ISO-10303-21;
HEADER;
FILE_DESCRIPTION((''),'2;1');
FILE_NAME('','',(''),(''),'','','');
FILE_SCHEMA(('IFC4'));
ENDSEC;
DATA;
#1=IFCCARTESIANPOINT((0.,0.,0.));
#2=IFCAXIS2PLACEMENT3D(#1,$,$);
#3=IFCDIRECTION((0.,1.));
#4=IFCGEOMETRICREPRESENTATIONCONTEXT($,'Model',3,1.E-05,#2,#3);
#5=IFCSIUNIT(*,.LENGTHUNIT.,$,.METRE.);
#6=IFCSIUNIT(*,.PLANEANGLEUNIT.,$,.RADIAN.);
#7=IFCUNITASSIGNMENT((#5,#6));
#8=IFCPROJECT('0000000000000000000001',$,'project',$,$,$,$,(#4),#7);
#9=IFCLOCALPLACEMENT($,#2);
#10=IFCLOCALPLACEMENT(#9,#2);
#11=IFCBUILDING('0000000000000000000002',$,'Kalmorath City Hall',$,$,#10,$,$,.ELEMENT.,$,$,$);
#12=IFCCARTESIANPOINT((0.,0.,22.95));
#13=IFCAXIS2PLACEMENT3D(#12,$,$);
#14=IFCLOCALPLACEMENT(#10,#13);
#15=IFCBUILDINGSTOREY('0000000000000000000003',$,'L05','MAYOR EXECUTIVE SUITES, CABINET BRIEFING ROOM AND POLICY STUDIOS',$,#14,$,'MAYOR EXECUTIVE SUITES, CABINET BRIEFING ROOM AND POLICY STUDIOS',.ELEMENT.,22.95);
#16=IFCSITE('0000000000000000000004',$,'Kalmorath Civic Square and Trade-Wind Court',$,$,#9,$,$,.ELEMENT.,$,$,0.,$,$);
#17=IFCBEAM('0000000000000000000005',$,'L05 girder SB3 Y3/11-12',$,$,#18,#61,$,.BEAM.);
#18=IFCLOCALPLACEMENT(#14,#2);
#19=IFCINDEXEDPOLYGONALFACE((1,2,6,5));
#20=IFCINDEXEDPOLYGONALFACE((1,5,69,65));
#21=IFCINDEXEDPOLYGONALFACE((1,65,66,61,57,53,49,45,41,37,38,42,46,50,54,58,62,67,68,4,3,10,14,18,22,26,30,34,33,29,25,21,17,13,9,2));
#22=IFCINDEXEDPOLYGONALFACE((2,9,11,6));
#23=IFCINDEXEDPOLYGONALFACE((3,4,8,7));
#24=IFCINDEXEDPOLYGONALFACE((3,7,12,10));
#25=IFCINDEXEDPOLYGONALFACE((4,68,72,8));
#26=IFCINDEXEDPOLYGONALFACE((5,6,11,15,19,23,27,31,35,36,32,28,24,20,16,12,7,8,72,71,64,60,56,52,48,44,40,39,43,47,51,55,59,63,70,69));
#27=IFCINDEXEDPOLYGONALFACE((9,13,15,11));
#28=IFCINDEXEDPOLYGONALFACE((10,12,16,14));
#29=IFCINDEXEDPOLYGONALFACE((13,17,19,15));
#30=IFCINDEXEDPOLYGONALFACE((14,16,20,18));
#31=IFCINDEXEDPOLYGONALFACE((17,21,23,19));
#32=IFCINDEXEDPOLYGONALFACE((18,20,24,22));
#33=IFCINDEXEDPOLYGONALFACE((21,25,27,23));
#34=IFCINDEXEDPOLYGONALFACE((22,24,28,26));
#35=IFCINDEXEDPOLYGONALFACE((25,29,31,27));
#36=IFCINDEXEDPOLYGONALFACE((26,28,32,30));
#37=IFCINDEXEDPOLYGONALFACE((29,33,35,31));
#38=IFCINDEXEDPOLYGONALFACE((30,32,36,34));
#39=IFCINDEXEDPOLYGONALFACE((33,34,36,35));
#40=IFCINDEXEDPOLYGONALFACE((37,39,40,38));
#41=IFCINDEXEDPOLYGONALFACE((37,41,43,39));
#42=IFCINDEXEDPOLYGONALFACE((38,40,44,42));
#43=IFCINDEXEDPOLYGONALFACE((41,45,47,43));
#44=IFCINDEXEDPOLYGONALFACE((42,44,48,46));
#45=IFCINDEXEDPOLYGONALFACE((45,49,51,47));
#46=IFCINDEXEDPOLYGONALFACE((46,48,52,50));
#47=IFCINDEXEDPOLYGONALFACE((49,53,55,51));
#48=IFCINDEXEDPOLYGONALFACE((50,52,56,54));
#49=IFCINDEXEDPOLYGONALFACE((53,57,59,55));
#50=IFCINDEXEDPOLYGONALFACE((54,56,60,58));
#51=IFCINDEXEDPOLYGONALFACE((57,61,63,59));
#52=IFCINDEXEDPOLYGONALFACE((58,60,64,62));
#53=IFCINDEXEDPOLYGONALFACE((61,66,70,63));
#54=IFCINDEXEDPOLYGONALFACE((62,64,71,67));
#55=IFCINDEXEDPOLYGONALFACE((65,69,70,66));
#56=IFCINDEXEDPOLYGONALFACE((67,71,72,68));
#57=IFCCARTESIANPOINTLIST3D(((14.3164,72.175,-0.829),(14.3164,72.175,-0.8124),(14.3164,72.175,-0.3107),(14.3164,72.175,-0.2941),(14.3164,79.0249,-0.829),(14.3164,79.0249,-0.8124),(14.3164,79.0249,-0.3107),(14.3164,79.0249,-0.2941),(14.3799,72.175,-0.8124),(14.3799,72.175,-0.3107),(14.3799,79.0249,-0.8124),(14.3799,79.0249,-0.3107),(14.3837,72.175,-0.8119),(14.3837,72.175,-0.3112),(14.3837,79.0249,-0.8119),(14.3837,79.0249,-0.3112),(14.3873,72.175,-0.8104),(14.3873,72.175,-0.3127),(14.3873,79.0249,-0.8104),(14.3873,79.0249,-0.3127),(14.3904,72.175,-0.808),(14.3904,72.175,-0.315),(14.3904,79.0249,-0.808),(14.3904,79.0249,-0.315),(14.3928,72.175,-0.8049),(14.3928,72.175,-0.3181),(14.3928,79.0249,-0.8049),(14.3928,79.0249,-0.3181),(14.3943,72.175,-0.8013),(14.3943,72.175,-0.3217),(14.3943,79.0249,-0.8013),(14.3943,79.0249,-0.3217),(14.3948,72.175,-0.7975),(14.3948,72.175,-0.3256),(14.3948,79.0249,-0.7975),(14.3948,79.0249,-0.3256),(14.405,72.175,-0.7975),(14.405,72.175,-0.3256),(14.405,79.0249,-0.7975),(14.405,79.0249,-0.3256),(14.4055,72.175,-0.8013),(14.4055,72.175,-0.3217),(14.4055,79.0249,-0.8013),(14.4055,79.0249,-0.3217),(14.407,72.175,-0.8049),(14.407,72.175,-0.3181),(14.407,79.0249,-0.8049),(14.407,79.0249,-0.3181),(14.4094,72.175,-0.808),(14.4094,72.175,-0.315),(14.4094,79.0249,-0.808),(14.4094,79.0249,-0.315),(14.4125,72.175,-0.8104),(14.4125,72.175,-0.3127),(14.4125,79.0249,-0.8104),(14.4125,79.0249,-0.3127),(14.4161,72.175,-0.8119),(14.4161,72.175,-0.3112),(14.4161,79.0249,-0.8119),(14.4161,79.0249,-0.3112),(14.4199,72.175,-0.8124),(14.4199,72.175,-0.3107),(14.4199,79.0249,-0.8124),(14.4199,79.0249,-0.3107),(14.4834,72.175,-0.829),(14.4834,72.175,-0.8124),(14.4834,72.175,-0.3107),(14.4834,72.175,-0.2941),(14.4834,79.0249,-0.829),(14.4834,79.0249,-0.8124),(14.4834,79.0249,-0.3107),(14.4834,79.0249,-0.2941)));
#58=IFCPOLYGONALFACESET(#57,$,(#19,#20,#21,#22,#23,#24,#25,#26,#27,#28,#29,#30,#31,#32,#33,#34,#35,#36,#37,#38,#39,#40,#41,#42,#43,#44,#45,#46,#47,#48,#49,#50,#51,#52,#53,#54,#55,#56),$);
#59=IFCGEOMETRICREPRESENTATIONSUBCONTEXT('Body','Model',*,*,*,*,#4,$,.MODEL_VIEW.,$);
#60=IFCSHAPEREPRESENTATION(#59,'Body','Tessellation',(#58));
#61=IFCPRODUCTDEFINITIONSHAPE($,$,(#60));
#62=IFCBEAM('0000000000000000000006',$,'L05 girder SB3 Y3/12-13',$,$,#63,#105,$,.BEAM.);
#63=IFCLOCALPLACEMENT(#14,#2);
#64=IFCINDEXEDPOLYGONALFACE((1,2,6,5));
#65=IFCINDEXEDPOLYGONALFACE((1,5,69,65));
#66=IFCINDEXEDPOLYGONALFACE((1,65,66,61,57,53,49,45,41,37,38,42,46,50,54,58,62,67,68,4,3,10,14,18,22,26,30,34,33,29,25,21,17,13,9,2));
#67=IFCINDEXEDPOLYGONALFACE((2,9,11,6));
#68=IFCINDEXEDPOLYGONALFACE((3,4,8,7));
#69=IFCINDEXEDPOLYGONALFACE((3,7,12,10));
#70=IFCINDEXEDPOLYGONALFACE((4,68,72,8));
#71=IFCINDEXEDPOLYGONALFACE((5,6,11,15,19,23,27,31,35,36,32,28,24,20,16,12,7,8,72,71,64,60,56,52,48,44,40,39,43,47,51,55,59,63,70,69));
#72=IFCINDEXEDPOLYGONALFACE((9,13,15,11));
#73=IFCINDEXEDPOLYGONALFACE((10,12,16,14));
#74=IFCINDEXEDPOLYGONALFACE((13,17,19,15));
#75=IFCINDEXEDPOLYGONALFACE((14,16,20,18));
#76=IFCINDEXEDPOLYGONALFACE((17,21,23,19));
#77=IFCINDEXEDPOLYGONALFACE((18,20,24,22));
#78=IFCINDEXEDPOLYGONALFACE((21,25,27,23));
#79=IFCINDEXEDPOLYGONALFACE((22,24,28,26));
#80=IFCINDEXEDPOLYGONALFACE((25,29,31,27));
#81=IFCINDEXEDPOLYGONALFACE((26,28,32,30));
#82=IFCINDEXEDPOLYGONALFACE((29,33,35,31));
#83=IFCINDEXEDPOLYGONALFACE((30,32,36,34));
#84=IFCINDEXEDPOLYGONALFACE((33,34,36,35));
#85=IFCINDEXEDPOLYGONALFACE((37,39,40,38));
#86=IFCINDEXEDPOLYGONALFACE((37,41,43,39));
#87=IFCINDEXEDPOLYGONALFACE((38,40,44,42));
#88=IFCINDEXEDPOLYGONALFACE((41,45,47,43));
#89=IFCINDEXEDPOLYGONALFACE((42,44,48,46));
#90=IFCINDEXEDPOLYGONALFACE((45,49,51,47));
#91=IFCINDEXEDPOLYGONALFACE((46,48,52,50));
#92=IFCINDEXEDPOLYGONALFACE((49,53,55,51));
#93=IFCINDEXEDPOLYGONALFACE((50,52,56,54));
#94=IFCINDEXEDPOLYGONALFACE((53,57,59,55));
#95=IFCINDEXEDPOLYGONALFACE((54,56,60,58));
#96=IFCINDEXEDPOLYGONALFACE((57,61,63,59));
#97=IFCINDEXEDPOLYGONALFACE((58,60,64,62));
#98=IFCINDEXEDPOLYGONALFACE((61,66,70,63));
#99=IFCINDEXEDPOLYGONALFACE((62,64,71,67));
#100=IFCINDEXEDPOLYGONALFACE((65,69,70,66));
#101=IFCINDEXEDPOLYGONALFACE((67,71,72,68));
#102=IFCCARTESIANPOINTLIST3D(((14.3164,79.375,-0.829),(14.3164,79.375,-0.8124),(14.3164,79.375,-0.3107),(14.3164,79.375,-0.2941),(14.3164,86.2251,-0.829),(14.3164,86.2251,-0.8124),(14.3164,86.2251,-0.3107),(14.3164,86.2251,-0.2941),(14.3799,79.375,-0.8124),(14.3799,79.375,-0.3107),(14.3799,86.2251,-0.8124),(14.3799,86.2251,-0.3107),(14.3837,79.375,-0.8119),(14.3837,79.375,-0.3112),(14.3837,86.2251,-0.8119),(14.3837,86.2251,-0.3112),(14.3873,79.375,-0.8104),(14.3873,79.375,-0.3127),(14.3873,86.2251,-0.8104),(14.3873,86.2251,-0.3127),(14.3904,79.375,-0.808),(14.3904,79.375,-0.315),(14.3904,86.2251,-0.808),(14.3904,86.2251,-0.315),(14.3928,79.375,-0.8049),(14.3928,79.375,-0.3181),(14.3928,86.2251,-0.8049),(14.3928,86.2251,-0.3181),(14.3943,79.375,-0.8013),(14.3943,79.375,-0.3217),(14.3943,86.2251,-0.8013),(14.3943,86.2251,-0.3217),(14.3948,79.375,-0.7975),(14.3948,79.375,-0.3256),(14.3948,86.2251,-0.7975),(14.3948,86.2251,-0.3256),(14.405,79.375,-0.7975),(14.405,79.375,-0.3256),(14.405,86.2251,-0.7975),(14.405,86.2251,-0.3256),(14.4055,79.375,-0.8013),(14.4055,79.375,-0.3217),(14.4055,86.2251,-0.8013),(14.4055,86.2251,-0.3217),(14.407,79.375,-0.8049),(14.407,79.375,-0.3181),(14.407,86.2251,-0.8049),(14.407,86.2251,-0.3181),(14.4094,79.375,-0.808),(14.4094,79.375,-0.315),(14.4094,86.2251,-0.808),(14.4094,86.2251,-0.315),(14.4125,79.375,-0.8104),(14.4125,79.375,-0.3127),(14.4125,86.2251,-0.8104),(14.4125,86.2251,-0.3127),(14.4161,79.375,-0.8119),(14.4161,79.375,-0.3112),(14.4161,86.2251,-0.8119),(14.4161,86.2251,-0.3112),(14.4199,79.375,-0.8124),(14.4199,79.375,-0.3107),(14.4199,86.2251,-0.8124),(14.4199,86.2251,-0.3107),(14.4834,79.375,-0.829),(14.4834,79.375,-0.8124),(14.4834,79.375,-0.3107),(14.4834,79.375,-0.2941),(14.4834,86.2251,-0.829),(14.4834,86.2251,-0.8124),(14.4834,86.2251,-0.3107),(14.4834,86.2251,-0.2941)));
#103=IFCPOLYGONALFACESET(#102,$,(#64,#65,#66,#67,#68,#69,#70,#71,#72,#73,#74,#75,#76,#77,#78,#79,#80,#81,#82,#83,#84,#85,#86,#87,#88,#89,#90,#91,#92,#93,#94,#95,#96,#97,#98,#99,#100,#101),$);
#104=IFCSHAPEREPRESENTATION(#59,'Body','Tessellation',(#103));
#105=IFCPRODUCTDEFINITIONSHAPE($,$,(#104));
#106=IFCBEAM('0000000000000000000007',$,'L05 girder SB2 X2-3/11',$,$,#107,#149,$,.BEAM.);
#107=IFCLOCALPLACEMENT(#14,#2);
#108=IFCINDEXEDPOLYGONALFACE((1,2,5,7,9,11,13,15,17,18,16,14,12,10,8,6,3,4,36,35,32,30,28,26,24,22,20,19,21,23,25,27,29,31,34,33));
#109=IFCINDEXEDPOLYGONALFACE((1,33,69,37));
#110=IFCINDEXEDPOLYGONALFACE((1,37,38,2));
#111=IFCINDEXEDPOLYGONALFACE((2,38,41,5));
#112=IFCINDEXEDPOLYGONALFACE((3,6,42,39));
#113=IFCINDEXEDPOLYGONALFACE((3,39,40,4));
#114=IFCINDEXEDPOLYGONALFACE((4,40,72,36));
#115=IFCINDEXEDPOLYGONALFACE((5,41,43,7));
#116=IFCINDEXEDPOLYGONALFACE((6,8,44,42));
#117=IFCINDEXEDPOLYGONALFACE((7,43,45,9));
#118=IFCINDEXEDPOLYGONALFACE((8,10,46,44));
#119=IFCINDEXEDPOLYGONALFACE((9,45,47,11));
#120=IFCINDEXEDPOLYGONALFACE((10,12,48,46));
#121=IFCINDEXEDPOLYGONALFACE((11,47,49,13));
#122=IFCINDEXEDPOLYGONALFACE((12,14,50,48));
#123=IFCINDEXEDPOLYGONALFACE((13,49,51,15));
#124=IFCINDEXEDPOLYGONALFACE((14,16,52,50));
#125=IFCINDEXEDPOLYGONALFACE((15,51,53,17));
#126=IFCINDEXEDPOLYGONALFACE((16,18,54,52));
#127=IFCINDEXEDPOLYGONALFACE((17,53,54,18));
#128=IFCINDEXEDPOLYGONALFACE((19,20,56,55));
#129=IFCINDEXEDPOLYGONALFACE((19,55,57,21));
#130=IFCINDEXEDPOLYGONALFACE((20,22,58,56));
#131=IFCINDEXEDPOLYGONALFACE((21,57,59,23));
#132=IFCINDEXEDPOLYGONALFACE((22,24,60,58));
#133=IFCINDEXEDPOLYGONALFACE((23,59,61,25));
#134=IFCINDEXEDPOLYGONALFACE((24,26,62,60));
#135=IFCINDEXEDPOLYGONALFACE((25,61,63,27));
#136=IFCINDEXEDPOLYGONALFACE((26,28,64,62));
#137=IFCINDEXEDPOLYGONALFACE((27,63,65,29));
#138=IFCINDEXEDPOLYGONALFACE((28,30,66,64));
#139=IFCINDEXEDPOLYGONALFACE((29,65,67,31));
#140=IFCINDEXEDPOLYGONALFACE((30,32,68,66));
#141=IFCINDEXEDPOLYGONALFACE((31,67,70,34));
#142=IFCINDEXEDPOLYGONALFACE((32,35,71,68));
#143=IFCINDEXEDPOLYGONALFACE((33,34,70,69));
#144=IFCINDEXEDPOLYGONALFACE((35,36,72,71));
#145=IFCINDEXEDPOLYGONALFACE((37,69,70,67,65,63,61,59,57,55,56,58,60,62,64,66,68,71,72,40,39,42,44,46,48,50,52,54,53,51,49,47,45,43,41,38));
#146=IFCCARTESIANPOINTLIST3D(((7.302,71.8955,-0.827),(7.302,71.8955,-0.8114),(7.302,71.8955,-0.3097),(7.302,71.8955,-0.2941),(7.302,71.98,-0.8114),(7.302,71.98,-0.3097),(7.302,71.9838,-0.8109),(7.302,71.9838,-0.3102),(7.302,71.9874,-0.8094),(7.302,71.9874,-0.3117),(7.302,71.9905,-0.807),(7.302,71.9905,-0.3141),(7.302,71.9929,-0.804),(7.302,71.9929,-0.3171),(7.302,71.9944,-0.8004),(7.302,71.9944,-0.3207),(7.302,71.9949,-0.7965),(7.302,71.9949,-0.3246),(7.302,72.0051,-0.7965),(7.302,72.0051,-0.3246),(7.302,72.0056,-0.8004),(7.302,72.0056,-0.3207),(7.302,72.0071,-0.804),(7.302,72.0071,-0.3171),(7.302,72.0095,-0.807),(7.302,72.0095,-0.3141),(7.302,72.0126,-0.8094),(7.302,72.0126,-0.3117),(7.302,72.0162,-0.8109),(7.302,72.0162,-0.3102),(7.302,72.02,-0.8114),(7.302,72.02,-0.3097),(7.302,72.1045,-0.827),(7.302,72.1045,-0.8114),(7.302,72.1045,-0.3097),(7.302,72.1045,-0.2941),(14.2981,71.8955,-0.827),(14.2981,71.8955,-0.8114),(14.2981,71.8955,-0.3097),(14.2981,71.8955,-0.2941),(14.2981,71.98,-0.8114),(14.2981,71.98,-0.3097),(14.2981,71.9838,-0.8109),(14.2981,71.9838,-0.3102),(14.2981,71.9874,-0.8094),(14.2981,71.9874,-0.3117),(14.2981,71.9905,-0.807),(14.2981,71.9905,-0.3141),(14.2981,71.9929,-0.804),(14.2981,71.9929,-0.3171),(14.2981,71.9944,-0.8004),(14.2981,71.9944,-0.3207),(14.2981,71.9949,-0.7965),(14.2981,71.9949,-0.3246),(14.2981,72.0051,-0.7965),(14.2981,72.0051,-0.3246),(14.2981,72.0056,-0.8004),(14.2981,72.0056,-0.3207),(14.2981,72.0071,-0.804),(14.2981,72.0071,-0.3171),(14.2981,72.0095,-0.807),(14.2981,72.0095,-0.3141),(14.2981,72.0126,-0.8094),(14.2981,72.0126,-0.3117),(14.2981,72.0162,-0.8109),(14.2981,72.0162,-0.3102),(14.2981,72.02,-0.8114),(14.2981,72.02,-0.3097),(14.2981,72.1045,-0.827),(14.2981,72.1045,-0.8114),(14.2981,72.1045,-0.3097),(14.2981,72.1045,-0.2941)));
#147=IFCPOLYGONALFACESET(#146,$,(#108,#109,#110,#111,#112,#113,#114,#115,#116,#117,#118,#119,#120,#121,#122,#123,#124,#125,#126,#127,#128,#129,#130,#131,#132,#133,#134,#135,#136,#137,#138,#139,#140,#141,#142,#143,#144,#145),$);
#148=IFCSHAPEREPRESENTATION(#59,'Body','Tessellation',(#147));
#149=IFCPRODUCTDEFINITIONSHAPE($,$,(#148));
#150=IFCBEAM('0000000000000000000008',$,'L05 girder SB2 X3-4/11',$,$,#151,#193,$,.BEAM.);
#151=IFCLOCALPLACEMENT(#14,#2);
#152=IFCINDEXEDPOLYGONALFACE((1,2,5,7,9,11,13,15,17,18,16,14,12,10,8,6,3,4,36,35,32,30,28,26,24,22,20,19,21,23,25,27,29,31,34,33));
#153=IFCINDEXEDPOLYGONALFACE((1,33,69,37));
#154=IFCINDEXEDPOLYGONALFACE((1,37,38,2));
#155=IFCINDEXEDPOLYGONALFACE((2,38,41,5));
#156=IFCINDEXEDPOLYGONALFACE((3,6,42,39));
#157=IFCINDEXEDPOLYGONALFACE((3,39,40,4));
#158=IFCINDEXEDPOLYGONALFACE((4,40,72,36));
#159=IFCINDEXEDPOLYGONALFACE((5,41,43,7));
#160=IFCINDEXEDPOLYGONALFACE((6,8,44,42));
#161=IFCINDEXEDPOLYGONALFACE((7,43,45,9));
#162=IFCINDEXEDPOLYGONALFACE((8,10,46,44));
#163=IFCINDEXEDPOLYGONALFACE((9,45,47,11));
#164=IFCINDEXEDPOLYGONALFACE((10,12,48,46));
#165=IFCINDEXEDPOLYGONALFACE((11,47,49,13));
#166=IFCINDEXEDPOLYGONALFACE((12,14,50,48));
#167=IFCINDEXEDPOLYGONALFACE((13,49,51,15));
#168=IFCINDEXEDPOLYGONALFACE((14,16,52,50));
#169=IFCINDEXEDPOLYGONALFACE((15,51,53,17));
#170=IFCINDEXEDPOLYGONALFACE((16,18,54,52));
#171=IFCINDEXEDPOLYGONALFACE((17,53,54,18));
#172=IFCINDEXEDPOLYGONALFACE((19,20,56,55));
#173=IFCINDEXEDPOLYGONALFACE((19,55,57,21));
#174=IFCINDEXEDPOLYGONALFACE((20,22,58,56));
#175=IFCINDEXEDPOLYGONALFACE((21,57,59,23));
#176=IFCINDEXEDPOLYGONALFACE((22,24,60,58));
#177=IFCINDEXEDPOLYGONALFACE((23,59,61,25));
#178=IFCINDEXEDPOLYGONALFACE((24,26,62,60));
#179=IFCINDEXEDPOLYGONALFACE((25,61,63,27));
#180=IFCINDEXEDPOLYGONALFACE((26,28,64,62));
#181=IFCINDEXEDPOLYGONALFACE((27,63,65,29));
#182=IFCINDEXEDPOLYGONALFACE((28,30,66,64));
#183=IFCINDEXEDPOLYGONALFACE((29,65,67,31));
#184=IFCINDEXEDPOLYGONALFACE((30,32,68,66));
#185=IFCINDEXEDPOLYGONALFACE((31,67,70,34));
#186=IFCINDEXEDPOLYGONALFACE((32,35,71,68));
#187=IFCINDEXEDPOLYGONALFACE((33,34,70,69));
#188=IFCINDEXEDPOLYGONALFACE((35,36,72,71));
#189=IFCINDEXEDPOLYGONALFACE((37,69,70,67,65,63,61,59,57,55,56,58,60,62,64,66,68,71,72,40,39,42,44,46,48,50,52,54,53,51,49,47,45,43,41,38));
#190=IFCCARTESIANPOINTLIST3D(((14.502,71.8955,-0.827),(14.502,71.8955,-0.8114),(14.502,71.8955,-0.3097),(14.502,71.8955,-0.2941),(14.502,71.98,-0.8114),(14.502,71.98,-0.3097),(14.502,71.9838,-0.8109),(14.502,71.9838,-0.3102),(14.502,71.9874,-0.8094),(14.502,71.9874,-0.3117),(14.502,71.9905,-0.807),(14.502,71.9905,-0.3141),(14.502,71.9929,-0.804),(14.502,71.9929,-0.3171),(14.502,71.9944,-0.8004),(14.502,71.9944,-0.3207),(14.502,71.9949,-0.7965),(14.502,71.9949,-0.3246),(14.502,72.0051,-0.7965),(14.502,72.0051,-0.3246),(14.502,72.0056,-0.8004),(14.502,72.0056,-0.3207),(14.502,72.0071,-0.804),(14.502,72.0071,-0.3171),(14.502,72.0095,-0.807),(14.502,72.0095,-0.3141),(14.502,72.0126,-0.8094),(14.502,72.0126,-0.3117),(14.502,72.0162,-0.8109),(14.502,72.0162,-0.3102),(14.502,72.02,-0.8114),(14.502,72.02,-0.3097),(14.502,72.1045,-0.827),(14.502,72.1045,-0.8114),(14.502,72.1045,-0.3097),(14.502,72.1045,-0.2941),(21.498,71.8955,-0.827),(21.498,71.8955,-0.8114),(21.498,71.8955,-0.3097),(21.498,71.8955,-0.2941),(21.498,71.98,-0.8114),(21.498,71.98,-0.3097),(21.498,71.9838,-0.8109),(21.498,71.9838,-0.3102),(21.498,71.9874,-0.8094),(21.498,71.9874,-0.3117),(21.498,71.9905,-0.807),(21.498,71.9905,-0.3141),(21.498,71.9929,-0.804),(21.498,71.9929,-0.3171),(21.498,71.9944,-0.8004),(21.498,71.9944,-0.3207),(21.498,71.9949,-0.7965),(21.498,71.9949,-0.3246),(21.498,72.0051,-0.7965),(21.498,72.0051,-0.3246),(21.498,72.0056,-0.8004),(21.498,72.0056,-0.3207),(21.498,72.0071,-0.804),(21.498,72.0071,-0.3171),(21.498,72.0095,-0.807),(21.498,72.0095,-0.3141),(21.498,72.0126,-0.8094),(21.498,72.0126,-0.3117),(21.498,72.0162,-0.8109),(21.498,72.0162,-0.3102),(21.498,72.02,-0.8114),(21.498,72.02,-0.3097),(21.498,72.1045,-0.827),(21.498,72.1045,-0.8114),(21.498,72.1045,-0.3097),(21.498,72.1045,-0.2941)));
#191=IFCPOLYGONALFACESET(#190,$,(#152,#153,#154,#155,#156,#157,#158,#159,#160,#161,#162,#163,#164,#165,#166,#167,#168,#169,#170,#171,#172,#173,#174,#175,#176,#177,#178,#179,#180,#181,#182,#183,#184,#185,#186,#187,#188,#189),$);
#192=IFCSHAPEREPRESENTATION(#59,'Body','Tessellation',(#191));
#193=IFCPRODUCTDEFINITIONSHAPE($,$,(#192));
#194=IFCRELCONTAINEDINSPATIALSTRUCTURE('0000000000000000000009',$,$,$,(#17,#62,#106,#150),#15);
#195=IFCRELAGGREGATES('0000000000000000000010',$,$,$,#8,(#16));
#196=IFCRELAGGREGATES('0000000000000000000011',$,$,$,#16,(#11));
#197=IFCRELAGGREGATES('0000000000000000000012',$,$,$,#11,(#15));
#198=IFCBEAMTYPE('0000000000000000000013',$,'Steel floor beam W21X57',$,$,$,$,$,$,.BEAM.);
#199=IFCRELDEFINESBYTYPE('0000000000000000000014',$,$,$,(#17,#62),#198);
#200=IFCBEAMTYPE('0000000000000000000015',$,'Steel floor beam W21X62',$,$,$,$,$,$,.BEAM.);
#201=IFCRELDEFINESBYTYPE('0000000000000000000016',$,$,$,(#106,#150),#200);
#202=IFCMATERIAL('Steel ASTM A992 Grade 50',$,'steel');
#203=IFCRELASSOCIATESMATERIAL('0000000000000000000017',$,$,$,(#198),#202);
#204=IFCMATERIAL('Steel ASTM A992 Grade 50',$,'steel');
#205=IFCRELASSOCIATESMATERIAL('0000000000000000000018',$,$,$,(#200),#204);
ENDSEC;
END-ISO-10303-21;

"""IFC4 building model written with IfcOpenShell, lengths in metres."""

from ifc_helpers import new_model, si_unit, direction, frame, origin, origin_2d, place, context, subcontext, project, spatial, i_section, extrude, material, material_profile, profile_set, type_object, element, save


model = new_model("IFC4")

# Units and contexts
model_context = context("Model", 3, precision=1e-05, world=origin(), true_north=direction((0.0, 1.0)))
body_context = subcontext(model_context, "Body", "Model", "MODEL_VIEW")
ifc_project = project(units=[si_unit("LENGTHUNIT", "METRE"), si_unit("PLANEANGLEUNIT", "RADIAN")], contexts=[model_context])

# Site, building, storey
site_placement = place(None, origin())
site = spatial("IfcSite", under=ifc_project, at=site_placement, Name="Kalmorath Civic Square and Trade-Wind Court", CompositionType="ELEMENT", RefElevation=0.0)
building_placement = place(site_placement, origin())
building = spatial("IfcBuilding", under=site, at=building_placement, Name="Kalmorath City Hall", CompositionType="ELEMENT")
storey_placement = place(building_placement, frame((0.0, 0.0, 22.95)))
storey = spatial("IfcBuildingStorey", under=building, at=storey_placement, Name="L05", Description="MAYOR EXECUTIVE SUITES, CABINET BRIEFING ROOM AND POLICY STUDIOS", LongName="MAYOR EXECUTIVE SUITES, CABINET BRIEFING ROOM AND POLICY STUDIOS", CompositionType="ELEMENT", Elevation=22.95)

# Beams
ifc_material_1 = material(Name="Steel ASTM A992 Grade 50", Category="steel")
ifc_material_profile_1 = material_profile(ifc_material_1, i_section(OverallWidth=0.167, OverallDepth=0.5349, WebThickness=0.0103, FlangeThickness=0.0166, FilletRadius=0.0149, at=origin_2d()), Name="W21X57")
ifc_profile_set_1 = profile_set([ifc_material_profile_1], Name="Steel ASTM A992 Grade 50")
beam_type_1 = type_object("IfcBeamType", Name="Steel floor beam W21X57", PredefinedType="BEAM", material=ifc_profile_set_1)
beam_1_placement = place(storey_placement, frame((14.3999, 72.175, -0.5615), z_axis=(0.0, 1.0, 0.0), x_axis=(-1.0, 0.0, 0.0)))
element("IfcBeam", 1, at=beam_1_placement, inside=storey, type_object=beam_type_1, Name="L05 girder SB3 Y3/11-12", PredefinedType="BEAM", context=body_context, shape_type="SweptSolid", body=[
    extrude(i_section(OverallWidth=0.167, OverallDepth=0.5349, WebThickness=0.0103, FlangeThickness=0.0166, FilletRadius=0.0149, at=origin_2d()), origin(), (0.0, 0.0, 1.0), 6.8499),
])
beam_2_placement = place(storey_placement, frame((14.3999, 79.375, -0.5615), z_axis=(0.0, 1.0, 0.0), x_axis=(-1.0, 0.0, 0.0)))
element("IfcBeam", 2, at=beam_2_placement, inside=storey, type_object=beam_type_1, Name="L05 girder SB3 Y3/12-13", PredefinedType="BEAM", context=body_context, shape_type="SweptSolid", body=[
    extrude(i_section(OverallWidth=0.167, OverallDepth=0.5349, WebThickness=0.0103, FlangeThickness=0.0166, FilletRadius=0.0149, at=origin_2d()), origin(), (0.0, 0.0, 1.0), 6.8501),
])
ifc_material_2 = material(Name="Steel ASTM A992 Grade 50", Category="steel")
ifc_material_profile_2 = material_profile(ifc_material_2, i_section(OverallWidth=0.209, OverallDepth=0.533, WebThickness=0.0103, FlangeThickness=0.0156, FilletRadius=0.0149, at=origin_2d()), Name="W21X62")
ifc_profile_set_2 = profile_set([ifc_material_profile_2], Name="Steel ASTM A992 Grade 50")
beam_type_2 = type_object("IfcBeamType", Name="Steel floor beam W21X62", PredefinedType="BEAM", material=ifc_profile_set_2)
for number, where, z_axis, x_axis, name in (
    (3, (7.302, 72.0, -0.5605), (1.0, 0.0, 0.0), (0.0, 1.0, 0.0), "L05 girder SB2 X2-3/11"),
    (4, (14.502, 72.0, -0.5605), (1.0, 0.0, 0.0), (0.0, 1.0, 0.0), "L05 girder SB2 X3-4/11"),
):
    element("IfcBeam", number, at=place(storey_placement, frame(where, z_axis=z_axis, x_axis=x_axis)), inside=storey, type_object=beam_type_2, Name=name, PredefinedType="BEAM", context=body_context, shape_type="SweptSolid", body=[
        extrude(i_section(OverallWidth=0.209, OverallDepth=0.533, WebThickness=0.0103, FlangeThickness=0.0156, FilletRadius=0.0149, at=origin_2d()), origin(), (0.0, 0.0, 1.0), 6.9961),
    ])

save(model, "model.ifc")
